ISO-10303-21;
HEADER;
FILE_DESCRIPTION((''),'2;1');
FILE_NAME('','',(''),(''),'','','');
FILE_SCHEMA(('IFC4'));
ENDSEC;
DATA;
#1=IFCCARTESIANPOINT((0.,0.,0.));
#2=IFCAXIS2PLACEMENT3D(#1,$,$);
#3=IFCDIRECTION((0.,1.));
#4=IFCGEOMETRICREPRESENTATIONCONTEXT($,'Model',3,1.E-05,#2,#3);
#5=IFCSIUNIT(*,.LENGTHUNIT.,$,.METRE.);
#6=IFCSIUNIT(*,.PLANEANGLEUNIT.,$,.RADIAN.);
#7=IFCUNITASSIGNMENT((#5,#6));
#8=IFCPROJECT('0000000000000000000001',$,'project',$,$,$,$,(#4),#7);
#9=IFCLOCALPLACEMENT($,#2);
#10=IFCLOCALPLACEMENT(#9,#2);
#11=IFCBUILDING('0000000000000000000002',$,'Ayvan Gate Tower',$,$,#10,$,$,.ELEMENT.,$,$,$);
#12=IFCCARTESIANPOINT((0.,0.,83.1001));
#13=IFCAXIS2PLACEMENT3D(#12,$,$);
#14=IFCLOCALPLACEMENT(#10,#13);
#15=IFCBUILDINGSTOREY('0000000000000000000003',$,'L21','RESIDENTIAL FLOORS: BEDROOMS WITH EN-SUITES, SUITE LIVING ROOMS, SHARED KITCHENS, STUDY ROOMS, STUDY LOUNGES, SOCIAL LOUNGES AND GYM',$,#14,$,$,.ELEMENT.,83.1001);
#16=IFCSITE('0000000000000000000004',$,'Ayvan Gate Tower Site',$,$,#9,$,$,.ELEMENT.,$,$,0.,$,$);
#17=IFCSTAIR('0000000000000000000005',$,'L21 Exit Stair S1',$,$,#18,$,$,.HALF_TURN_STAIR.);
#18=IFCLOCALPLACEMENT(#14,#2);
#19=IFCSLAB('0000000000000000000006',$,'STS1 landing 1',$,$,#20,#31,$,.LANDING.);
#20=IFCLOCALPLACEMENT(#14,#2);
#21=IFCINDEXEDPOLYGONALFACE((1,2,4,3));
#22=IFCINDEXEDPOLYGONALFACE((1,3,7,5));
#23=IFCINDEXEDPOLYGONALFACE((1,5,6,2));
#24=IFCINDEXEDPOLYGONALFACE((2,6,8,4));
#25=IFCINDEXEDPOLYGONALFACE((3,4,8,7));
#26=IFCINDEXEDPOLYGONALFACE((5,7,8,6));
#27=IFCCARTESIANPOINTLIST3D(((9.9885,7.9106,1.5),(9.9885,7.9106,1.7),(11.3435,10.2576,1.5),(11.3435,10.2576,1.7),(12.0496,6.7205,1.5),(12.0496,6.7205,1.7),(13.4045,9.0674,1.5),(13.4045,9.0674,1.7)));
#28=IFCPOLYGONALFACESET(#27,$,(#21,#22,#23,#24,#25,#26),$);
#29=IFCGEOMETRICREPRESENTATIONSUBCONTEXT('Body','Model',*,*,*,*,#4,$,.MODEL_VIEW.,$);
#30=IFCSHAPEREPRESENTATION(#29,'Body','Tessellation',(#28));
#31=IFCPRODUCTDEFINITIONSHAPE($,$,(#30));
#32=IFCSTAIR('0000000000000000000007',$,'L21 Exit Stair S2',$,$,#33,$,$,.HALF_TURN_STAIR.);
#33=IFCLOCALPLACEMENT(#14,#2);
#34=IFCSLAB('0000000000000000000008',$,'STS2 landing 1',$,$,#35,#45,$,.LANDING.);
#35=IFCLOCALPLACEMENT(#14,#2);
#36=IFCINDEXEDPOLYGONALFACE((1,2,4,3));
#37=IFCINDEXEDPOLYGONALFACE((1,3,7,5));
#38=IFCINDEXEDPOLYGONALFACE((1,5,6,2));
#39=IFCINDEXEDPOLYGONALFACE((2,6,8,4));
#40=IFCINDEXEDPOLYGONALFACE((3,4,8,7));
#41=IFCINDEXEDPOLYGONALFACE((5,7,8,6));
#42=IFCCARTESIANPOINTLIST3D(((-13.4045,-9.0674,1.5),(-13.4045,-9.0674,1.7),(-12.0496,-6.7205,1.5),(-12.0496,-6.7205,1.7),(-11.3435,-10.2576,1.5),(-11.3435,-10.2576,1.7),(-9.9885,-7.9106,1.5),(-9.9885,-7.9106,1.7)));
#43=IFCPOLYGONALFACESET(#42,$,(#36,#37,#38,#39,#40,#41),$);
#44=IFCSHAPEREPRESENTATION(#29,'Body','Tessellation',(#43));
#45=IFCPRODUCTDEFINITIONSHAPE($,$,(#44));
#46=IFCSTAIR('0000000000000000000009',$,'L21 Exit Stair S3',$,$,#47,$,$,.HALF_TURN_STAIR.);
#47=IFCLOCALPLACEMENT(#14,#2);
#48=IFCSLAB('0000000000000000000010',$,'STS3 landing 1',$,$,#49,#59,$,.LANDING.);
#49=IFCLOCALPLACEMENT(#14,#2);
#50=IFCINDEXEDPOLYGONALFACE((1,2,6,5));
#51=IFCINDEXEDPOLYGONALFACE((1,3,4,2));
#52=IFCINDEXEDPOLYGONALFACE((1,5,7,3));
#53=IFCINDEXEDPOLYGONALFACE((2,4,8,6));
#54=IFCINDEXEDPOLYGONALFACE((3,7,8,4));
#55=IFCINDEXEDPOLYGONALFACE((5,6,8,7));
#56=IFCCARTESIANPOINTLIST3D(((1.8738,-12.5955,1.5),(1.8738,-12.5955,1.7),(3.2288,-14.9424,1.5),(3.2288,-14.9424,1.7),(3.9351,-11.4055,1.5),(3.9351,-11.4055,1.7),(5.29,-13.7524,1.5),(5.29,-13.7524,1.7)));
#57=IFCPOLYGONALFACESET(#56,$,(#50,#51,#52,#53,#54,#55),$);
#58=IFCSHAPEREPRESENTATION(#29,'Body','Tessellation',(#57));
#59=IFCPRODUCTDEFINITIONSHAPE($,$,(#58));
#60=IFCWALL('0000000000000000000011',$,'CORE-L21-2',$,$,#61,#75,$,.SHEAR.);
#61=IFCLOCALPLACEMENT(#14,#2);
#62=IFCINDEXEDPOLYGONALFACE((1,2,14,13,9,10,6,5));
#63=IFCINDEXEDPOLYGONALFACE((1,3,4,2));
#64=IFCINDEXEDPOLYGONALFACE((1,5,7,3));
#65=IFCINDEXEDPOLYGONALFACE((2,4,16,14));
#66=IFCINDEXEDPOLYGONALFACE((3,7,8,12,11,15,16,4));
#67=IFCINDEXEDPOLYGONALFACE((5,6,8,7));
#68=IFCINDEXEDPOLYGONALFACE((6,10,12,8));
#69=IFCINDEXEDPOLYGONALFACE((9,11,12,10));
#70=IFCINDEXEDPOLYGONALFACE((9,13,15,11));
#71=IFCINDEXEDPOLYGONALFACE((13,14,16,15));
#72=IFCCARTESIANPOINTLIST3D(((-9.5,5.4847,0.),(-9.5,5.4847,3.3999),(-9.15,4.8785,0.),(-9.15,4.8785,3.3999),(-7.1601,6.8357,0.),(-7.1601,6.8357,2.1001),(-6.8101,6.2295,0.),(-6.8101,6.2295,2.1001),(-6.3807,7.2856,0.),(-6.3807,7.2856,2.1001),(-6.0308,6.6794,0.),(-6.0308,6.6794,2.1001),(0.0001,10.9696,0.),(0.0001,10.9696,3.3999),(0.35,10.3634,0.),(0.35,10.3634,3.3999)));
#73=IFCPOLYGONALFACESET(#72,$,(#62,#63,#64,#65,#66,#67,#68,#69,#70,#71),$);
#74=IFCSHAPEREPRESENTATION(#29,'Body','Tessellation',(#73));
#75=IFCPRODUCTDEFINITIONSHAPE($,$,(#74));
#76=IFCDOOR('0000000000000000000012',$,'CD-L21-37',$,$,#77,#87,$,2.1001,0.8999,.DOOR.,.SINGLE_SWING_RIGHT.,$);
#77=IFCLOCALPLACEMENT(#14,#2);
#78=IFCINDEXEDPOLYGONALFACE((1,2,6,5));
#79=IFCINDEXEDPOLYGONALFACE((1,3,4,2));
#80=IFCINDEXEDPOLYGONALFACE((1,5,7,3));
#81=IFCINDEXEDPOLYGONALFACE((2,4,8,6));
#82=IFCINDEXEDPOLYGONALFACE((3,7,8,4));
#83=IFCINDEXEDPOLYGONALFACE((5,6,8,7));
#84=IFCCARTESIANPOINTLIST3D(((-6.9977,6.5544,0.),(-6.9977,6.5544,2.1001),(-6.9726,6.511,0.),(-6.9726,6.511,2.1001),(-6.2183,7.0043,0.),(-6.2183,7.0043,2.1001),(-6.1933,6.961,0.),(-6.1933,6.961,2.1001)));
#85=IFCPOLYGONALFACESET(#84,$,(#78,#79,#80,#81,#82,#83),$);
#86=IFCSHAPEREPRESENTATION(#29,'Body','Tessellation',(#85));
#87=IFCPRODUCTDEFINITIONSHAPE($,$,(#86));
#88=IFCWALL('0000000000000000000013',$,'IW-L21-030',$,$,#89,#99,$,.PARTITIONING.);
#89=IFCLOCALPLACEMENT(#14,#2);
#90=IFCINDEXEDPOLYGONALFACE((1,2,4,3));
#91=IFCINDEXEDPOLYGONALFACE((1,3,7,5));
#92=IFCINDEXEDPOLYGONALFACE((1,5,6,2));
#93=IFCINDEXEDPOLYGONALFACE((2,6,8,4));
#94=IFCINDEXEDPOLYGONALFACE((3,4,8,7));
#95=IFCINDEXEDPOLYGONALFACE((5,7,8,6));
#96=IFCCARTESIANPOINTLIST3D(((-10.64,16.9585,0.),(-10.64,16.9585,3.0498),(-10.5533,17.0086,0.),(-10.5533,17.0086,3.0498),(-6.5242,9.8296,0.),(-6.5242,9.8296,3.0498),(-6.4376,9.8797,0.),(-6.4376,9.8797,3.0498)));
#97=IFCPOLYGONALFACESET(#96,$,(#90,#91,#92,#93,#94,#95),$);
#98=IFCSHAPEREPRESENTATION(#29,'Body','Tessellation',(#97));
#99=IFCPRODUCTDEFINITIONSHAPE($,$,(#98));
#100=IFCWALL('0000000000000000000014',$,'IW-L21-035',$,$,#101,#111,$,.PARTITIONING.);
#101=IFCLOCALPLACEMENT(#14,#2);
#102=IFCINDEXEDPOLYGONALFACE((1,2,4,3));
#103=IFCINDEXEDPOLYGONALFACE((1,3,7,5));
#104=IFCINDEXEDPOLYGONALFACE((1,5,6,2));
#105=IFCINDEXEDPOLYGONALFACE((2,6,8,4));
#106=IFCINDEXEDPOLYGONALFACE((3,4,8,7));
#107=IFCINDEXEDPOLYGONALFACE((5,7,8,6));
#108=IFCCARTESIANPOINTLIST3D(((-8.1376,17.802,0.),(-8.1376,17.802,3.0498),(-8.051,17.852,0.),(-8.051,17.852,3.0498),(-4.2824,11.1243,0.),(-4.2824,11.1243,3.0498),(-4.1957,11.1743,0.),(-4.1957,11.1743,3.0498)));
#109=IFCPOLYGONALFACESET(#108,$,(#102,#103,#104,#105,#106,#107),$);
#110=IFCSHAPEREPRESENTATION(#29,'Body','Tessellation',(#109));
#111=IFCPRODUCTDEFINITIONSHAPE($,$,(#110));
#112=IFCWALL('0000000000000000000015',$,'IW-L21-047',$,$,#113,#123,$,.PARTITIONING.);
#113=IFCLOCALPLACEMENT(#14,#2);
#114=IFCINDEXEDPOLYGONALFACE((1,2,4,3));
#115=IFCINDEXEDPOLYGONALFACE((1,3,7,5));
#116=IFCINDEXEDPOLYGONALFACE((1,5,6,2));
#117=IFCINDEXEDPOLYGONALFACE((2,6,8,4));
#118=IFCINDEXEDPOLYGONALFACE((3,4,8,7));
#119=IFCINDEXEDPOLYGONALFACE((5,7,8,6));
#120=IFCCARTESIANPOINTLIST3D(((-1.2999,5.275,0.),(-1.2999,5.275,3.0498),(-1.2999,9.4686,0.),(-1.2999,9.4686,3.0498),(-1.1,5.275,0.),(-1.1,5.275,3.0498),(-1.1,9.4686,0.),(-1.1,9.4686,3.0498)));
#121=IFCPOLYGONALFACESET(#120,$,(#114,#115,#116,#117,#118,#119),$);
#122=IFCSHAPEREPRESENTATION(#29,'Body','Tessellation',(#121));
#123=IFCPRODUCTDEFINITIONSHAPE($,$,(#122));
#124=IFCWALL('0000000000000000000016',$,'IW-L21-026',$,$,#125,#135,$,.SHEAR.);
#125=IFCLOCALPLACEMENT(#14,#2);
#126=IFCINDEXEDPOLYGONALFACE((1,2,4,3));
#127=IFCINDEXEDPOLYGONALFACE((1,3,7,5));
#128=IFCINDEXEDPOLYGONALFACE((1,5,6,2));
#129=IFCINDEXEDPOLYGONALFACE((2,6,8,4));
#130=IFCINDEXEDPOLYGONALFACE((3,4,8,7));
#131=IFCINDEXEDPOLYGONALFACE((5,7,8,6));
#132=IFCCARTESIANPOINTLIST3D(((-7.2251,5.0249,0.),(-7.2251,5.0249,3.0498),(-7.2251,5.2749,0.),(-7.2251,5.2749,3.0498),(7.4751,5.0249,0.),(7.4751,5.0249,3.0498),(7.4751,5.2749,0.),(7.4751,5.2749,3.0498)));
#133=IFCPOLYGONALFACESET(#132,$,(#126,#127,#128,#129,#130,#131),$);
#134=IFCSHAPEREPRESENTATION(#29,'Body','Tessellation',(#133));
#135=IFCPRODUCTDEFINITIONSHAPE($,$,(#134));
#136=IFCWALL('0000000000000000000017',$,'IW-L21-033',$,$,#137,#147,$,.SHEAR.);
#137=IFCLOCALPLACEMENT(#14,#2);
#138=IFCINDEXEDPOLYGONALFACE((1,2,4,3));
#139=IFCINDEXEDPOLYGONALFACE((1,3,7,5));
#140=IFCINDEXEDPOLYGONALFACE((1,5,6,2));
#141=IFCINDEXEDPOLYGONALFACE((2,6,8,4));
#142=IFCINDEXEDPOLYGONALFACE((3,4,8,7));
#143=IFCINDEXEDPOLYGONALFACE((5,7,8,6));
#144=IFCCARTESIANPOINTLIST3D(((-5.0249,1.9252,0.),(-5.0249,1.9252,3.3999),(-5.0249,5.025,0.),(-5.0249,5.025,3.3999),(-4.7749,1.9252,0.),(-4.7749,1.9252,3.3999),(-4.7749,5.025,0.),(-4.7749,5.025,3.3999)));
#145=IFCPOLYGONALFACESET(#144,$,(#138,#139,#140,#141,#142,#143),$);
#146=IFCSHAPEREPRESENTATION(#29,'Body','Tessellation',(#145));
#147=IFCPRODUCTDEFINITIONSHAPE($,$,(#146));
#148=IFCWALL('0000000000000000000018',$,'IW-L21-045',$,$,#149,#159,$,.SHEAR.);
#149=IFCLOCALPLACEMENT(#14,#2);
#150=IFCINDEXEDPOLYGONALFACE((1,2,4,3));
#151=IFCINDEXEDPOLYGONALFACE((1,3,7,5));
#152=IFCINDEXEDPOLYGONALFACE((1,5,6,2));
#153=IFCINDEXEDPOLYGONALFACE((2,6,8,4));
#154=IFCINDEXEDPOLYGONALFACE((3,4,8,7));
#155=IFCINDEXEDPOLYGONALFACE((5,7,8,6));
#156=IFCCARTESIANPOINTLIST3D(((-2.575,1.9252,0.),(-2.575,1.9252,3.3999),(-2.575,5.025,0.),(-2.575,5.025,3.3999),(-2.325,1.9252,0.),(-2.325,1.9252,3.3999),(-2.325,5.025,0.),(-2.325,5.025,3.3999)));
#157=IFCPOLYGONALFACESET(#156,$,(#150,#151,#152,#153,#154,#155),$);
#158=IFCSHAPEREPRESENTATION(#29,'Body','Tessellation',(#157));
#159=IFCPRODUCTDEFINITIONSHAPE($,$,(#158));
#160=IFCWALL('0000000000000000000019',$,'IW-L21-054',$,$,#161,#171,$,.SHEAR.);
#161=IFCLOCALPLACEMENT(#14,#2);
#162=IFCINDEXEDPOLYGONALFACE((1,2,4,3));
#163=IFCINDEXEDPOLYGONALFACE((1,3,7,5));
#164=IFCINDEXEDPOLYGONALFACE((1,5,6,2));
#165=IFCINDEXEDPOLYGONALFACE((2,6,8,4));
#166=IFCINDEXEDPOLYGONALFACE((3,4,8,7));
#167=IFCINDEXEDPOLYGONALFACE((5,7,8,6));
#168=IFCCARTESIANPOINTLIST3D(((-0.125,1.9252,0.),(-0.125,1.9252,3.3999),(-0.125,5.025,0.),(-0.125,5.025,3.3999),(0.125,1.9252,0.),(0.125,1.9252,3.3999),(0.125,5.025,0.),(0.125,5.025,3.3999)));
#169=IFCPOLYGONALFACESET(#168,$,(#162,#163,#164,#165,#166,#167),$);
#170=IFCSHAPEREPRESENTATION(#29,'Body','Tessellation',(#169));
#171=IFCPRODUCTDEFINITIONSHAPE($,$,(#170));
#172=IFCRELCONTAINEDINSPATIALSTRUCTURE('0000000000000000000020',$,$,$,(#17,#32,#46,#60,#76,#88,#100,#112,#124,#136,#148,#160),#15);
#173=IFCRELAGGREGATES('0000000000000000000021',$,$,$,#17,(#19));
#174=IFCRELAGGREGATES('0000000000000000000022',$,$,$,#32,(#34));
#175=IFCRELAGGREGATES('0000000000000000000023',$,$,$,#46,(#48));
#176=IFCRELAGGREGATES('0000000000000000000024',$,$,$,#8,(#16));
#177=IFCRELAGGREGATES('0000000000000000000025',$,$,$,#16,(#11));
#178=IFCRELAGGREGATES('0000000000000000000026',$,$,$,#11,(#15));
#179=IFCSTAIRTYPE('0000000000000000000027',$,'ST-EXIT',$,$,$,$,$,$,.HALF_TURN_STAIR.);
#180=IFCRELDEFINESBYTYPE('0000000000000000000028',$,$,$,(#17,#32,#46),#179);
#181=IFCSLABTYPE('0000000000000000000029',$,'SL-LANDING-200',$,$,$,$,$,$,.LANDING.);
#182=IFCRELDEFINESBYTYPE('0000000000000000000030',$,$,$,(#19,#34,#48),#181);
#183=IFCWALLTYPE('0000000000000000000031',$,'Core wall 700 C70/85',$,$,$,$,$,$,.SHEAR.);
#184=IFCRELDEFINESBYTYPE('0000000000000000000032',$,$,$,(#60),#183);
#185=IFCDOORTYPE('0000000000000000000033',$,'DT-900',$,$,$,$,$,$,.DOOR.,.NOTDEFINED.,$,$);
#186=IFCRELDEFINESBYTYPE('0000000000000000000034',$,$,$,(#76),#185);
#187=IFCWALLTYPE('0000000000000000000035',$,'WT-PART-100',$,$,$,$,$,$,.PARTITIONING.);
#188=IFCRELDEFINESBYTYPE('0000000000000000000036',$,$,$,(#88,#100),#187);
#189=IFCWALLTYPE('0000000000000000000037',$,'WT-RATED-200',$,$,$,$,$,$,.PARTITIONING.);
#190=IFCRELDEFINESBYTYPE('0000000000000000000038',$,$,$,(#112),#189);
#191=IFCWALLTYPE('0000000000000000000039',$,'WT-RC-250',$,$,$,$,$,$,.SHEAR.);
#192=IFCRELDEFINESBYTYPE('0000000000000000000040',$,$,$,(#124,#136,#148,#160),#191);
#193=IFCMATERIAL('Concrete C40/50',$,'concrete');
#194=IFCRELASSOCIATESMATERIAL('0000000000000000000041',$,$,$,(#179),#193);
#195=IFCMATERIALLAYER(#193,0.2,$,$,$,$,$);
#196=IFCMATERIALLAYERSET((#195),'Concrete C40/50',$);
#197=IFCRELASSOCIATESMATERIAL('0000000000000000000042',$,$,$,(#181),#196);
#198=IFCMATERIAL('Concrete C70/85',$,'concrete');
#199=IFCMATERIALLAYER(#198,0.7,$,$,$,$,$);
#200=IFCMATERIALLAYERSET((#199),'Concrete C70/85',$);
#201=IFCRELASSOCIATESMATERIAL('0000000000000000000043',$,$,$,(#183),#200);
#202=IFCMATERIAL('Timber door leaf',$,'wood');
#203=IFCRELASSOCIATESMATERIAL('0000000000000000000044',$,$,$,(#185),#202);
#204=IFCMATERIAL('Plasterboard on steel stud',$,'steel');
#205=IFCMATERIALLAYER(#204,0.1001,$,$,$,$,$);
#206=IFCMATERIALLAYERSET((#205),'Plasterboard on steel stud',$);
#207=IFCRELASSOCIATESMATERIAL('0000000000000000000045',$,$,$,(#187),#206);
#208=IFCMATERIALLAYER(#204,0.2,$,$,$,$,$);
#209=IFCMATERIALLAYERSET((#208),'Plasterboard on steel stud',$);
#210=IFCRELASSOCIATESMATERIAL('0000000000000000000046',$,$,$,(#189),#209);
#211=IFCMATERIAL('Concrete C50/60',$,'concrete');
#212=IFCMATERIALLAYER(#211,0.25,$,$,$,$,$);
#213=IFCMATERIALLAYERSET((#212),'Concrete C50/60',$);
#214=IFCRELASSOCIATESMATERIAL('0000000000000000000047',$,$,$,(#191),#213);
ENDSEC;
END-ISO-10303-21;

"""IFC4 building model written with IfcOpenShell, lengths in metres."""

from ifc_helpers import new_model, si_unit, direction, frame, frame_2d, origin, place, context, subcontext, project, spatial, polyline, rectangle, outline, extrude, material, layer, layer_set, type_object, element, fill, aggregate, save


model = new_model("IFC4")

# Units and contexts
model_context = context("Model", 3, precision=1e-05, world=origin(), true_north=direction((0.0, 1.0)))
body_context = subcontext(model_context, "Body", "Model", "MODEL_VIEW")
ifc_project = project(units=[si_unit("LENGTHUNIT", "METRE"), si_unit("PLANEANGLEUNIT", "RADIAN")], contexts=[model_context])

# Site, building, storey
site_placement = place(None, origin())
site = spatial("IfcSite", under=ifc_project, at=site_placement, Name="Ayvan Gate Tower Site", CompositionType="ELEMENT", RefElevation=0.0)
building_placement = place(site_placement, origin())
building = spatial("IfcBuilding", under=site, at=building_placement, Name="Ayvan Gate Tower", CompositionType="ELEMENT")
storey_placement = place(building_placement, frame((0.0, 0.0, 83.1001)))
storey = spatial("IfcBuildingStorey", under=building, at=storey_placement, Name="L21", Description="RESIDENTIAL FLOORS: BEDROOMS WITH EN-SUITES, SUITE LIVING ROOMS, SHARED KITCHENS, STUDY ROOMS, STUDY LOUNGES, SOCIAL LOUNGES AND GYM", CompositionType="ELEMENT", Elevation=83.1001)

# Stairs, slabs
ifc_material_1 = material(Name="Concrete C40/50", Category="concrete")
stair_type = type_object("IfcStairType", Name="ST-EXIT", PredefinedType="HALF_TURN_STAIR", material=ifc_material_1)
stair_1_placement = place(storey_placement, origin())
stair_1 = element("IfcStair", 1, at=stair_1_placement, inside=storey, type_object=stair_type, Name="L21 Exit Stair S1", PredefinedType="HALF_TURN_STAIR")
ifc_layer_1 = layer(ifc_material_1, 0.2)
ifc_layer_set_1 = layer_set([ifc_layer_1], Name="Concrete C40/50")
slab_type = type_object("IfcSlabType", Name="SL-LANDING-200", PredefinedType="LANDING", material=ifc_layer_set_1)
slab_1_placement = place(storey_placement, frame((0.0, 0.0, 1.5)))
slab_1 = element("IfcSlab", 2, at=slab_1_placement, type_object=slab_type, Name="STS1 landing 1", PredefinedType="LANDING", context=body_context, shape_type="SweptSolid", body=[
    extrude(outline(polyline([(9.9885, 7.9106), (12.0496, 6.7205), (13.4045, 9.0674), (11.3435, 10.2576), (9.9885, 7.9106)])), origin(), (0.0, 0.0, 1.0), 0.2),
])
aggregate(stair_1, [slab_1])
stair_2_placement = place(storey_placement, origin())
stair_2 = element("IfcStair", 3, at=stair_2_placement, inside=storey, type_object=stair_type, Name="L21 Exit Stair S2", PredefinedType="HALF_TURN_STAIR")
slab_2_placement = place(storey_placement, frame((0.0, 0.0, 1.5)))
slab_2 = element("IfcSlab", 4, at=slab_2_placement, type_object=slab_type, Name="STS2 landing 1", PredefinedType="LANDING", context=body_context, shape_type="SweptSolid", body=[
    extrude(outline(polyline([(-9.9885, -7.9106), (-12.0496, -6.7205), (-13.4045, -9.0674), (-11.3435, -10.2576), (-9.9885, -7.9106)])), origin(), (0.0, 0.0, 1.0), 0.2),
])
aggregate(stair_2, [slab_2])
stair_3_placement = place(storey_placement, origin())
stair_3 = element("IfcStair", 5, at=stair_3_placement, inside=storey, type_object=stair_type, Name="L21 Exit Stair S3", PredefinedType="HALF_TURN_STAIR")
slab_3_placement = place(storey_placement, frame((0.0, 0.0, 1.5)))
slab_3 = element("IfcSlab", 6, at=slab_3_placement, type_object=slab_type, Name="STS3 landing 1", PredefinedType="LANDING", context=body_context, shape_type="SweptSolid", body=[
    extrude(outline(polyline([(3.9351, -11.4055), (1.8738, -12.5955), (3.2288, -14.9424), (5.29, -13.7524), (3.9351, -11.4055)])), origin(), (0.0, 0.0, 1.0), 0.2),
])
aggregate(stair_3, [slab_3])

# Wall, opening, door
ifc_material_2 = material(Name="Concrete C70/85", Category="concrete")
ifc_layer_2 = layer(ifc_material_2, 0.7)
ifc_layer_set_2 = layer_set([ifc_layer_2], Name="Concrete C70/85")
wall_type_1 = type_object("IfcWallType", Name="Core wall 700 C70/85", PredefinedType="SHEAR", material=ifc_layer_set_2)
wall_1_placement = place(storey_placement, frame((0.175, 10.6665, 0.0), z_axis=(0.0, 0.0, 1.0), x_axis=(-0.866024, -0.500002, 0.0)))
wall_1 = element("IfcWall", 7, at=wall_1_placement, inside=storey, type_object=wall_type_1, Name="CORE-L21-2", PredefinedType="SHEAR", context=body_context, shape_type="SweptSolid", body=[
    extrude(rectangle(XDim=10.9697, YDim=0.7, at=frame_2d((5.4849, 0.0))), origin(), (0.0, 0.0, 1.0), 3.3999),
])
opening_placement = place(wall_1_placement, frame((7.3679, 0.0, 0.0)))
opening = element("IfcOpeningElement", 8, at=opening_placement, cuts=wall_1, PredefinedType="OPENING", context=body_context, shape_type="SweptSolid", body=[
    extrude(rectangle(XDim=0.8999, YDim=2.1001, at=frame_2d((0.45, 1.05))), frame((0.0, 0.3599, 0.0), z_axis=(0.0, -1.0, 0.0), x_axis=(1.0, 0.0, 0.0)), (0.0, 0.0, 1.0), 0.72),
])
ifc_material_3 = material(Name="Timber door leaf", Category="wood")
door_type = type_object("IfcDoorType", Name="DT-900", OperationType="NOTDEFINED", PredefinedType="DOOR", material=ifc_material_3)
door_placement = place(opening_placement, origin())
door = element("IfcDoor", 9, at=door_placement, inside=storey, type_object=door_type, Name="CD-L21-37", OperationType="SINGLE_SWING_RIGHT", OverallHeight=2.1001, OverallWidth=0.8999, PredefinedType="DOOR", context=body_context, shape_type="SweptSolid", body=[
    extrude(rectangle(XDim=0.8999, YDim=2.1001, at=frame_2d((0.45, 1.05))), frame((0.0, 0.0249, 0.0), z_axis=(0.0, -1.0, 0.0), x_axis=(1.0, 0.0, 0.0)), (0.0, 0.0, 1.0), 0.05),
])
fill(opening, door)

# Walls
ifc_material_4 = material(Name="Plasterboard on steel stud", Category="steel")
ifc_layer_3 = layer(ifc_material_4, 0.1001)
ifc_layer_set_3 = layer_set([ifc_layer_3], Name="Plasterboard on steel stud")
wall_type_2 = type_object("IfcWallType", Name="WT-PART-100", PredefinedType="PARTITIONING", material=ifc_layer_set_3)
wall_2_placement = place(storey_placement, frame((-6.481, 9.8547, 0.0), z_axis=(0.0, 0.0, 1.0), x_axis=(-0.499986, 0.866033, 0.0)))
element("IfcWall", 10, at=wall_2_placement, inside=storey, type_object=wall_type_2, Name="IW-L21-030", PredefinedType="PARTITIONING", context=body_context, shape_type="SweptSolid", body=[
    extrude(rectangle(XDim=8.2317, YDim=0.1001, at=frame_2d((4.1157, 0.0))), origin(), (0.0, 0.0, 1.0), 3.0498),
])
wall_3_placement = place(storey_placement, frame((-4.239, 11.1492, 0.0), z_axis=(0.0, 0.0, 1.0), x_axis=(-0.499984, 0.866035, 0.0)))
element("IfcWall", 11, at=wall_3_placement, inside=storey, type_object=wall_type_2, Name="IW-L21-035", PredefinedType="PARTITIONING", context=body_context, shape_type="SweptSolid", body=[
    extrude(rectangle(XDim=7.7107, YDim=0.1001, at=frame_2d((3.8555, 0.0))), origin(), (0.0, 0.0, 1.0), 3.0498),
])
ifc_layer_4 = layer(ifc_material_4, 0.2)
ifc_layer_set_4 = layer_set([ifc_layer_4], Name="Plasterboard on steel stud")
wall_type_3 = type_object("IfcWallType", Name="WT-RATED-200", PredefinedType="PARTITIONING", material=ifc_layer_set_4)
wall_4_placement = place(storey_placement, frame((-1.2, 9.4685, 0.0), z_axis=(0.0, 0.0, 1.0), x_axis=(0.0, -1.0, 0.0)))
element("IfcWall", 12, at=wall_4_placement, inside=storey, type_object=wall_type_3, Name="IW-L21-047", PredefinedType="PARTITIONING", context=body_context, shape_type="SweptSolid", body=[
    extrude(rectangle(XDim=4.1936, YDim=0.2, at=frame_2d((2.0967, 0.0))), origin(), (0.0, 0.0, 1.0), 3.0498),
])
ifc_material_5 = material(Name="Concrete C50/60", Category="concrete")
ifc_layer_5 = layer(ifc_material_5, 0.25)
ifc_layer_set_5 = layer_set([ifc_layer_5], Name="Concrete C50/60")
wall_type_4 = type_object("IfcWallType", Name="WT-RC-250", PredefinedType="SHEAR", material=ifc_layer_set_5)
wall_5_placement = place(storey_placement, frame((-7.2251, 5.1499, 0.0), z_axis=(0.0, 0.0, 1.0), x_axis=(1.0, 0.0, 0.0)))
element("IfcWall", 13, at=wall_5_placement, inside=storey, type_object=wall_type_4, Name="IW-L21-026", PredefinedType="SHEAR", context=body_context, shape_type="SweptSolid", body=[
    extrude(rectangle(XDim=14.7002, YDim=0.25, at=frame_2d((7.3501, 0.0))), origin(), (0.0, 0.0, 1.0), 3.0498),
])
for number, where, z_axis, x_axis, name in (
    (14, (-4.8999, 5.0249, 0.0), (0.0, 0.0, 1.0), (0.0, -1.0, 0.0), "IW-L21-033"),
    (15, (-2.45, 5.0249, 0.0), (0.0, 0.0, 1.0), (0.0, -1.0, 0.0), "IW-L21-045"),
    (16, (0.0, 5.0249, 0.0), (0.0, 0.0, 1.0), (0.0, -1.0, 0.0), "IW-L21-054"),
):
    element("IfcWall", number, at=place(storey_placement, frame(where, z_axis=z_axis, x_axis=x_axis)), inside=storey, type_object=wall_type_4, Name=name, PredefinedType="SHEAR", context=body_context, shape_type="SweptSolid", body=[
        extrude(rectangle(XDim=3.0999, YDim=0.25, at=frame_2d((1.5498, 0.0))), origin(), (0.0, 0.0, 1.0), 3.3999),
    ])

save(model, "model.ifc")
